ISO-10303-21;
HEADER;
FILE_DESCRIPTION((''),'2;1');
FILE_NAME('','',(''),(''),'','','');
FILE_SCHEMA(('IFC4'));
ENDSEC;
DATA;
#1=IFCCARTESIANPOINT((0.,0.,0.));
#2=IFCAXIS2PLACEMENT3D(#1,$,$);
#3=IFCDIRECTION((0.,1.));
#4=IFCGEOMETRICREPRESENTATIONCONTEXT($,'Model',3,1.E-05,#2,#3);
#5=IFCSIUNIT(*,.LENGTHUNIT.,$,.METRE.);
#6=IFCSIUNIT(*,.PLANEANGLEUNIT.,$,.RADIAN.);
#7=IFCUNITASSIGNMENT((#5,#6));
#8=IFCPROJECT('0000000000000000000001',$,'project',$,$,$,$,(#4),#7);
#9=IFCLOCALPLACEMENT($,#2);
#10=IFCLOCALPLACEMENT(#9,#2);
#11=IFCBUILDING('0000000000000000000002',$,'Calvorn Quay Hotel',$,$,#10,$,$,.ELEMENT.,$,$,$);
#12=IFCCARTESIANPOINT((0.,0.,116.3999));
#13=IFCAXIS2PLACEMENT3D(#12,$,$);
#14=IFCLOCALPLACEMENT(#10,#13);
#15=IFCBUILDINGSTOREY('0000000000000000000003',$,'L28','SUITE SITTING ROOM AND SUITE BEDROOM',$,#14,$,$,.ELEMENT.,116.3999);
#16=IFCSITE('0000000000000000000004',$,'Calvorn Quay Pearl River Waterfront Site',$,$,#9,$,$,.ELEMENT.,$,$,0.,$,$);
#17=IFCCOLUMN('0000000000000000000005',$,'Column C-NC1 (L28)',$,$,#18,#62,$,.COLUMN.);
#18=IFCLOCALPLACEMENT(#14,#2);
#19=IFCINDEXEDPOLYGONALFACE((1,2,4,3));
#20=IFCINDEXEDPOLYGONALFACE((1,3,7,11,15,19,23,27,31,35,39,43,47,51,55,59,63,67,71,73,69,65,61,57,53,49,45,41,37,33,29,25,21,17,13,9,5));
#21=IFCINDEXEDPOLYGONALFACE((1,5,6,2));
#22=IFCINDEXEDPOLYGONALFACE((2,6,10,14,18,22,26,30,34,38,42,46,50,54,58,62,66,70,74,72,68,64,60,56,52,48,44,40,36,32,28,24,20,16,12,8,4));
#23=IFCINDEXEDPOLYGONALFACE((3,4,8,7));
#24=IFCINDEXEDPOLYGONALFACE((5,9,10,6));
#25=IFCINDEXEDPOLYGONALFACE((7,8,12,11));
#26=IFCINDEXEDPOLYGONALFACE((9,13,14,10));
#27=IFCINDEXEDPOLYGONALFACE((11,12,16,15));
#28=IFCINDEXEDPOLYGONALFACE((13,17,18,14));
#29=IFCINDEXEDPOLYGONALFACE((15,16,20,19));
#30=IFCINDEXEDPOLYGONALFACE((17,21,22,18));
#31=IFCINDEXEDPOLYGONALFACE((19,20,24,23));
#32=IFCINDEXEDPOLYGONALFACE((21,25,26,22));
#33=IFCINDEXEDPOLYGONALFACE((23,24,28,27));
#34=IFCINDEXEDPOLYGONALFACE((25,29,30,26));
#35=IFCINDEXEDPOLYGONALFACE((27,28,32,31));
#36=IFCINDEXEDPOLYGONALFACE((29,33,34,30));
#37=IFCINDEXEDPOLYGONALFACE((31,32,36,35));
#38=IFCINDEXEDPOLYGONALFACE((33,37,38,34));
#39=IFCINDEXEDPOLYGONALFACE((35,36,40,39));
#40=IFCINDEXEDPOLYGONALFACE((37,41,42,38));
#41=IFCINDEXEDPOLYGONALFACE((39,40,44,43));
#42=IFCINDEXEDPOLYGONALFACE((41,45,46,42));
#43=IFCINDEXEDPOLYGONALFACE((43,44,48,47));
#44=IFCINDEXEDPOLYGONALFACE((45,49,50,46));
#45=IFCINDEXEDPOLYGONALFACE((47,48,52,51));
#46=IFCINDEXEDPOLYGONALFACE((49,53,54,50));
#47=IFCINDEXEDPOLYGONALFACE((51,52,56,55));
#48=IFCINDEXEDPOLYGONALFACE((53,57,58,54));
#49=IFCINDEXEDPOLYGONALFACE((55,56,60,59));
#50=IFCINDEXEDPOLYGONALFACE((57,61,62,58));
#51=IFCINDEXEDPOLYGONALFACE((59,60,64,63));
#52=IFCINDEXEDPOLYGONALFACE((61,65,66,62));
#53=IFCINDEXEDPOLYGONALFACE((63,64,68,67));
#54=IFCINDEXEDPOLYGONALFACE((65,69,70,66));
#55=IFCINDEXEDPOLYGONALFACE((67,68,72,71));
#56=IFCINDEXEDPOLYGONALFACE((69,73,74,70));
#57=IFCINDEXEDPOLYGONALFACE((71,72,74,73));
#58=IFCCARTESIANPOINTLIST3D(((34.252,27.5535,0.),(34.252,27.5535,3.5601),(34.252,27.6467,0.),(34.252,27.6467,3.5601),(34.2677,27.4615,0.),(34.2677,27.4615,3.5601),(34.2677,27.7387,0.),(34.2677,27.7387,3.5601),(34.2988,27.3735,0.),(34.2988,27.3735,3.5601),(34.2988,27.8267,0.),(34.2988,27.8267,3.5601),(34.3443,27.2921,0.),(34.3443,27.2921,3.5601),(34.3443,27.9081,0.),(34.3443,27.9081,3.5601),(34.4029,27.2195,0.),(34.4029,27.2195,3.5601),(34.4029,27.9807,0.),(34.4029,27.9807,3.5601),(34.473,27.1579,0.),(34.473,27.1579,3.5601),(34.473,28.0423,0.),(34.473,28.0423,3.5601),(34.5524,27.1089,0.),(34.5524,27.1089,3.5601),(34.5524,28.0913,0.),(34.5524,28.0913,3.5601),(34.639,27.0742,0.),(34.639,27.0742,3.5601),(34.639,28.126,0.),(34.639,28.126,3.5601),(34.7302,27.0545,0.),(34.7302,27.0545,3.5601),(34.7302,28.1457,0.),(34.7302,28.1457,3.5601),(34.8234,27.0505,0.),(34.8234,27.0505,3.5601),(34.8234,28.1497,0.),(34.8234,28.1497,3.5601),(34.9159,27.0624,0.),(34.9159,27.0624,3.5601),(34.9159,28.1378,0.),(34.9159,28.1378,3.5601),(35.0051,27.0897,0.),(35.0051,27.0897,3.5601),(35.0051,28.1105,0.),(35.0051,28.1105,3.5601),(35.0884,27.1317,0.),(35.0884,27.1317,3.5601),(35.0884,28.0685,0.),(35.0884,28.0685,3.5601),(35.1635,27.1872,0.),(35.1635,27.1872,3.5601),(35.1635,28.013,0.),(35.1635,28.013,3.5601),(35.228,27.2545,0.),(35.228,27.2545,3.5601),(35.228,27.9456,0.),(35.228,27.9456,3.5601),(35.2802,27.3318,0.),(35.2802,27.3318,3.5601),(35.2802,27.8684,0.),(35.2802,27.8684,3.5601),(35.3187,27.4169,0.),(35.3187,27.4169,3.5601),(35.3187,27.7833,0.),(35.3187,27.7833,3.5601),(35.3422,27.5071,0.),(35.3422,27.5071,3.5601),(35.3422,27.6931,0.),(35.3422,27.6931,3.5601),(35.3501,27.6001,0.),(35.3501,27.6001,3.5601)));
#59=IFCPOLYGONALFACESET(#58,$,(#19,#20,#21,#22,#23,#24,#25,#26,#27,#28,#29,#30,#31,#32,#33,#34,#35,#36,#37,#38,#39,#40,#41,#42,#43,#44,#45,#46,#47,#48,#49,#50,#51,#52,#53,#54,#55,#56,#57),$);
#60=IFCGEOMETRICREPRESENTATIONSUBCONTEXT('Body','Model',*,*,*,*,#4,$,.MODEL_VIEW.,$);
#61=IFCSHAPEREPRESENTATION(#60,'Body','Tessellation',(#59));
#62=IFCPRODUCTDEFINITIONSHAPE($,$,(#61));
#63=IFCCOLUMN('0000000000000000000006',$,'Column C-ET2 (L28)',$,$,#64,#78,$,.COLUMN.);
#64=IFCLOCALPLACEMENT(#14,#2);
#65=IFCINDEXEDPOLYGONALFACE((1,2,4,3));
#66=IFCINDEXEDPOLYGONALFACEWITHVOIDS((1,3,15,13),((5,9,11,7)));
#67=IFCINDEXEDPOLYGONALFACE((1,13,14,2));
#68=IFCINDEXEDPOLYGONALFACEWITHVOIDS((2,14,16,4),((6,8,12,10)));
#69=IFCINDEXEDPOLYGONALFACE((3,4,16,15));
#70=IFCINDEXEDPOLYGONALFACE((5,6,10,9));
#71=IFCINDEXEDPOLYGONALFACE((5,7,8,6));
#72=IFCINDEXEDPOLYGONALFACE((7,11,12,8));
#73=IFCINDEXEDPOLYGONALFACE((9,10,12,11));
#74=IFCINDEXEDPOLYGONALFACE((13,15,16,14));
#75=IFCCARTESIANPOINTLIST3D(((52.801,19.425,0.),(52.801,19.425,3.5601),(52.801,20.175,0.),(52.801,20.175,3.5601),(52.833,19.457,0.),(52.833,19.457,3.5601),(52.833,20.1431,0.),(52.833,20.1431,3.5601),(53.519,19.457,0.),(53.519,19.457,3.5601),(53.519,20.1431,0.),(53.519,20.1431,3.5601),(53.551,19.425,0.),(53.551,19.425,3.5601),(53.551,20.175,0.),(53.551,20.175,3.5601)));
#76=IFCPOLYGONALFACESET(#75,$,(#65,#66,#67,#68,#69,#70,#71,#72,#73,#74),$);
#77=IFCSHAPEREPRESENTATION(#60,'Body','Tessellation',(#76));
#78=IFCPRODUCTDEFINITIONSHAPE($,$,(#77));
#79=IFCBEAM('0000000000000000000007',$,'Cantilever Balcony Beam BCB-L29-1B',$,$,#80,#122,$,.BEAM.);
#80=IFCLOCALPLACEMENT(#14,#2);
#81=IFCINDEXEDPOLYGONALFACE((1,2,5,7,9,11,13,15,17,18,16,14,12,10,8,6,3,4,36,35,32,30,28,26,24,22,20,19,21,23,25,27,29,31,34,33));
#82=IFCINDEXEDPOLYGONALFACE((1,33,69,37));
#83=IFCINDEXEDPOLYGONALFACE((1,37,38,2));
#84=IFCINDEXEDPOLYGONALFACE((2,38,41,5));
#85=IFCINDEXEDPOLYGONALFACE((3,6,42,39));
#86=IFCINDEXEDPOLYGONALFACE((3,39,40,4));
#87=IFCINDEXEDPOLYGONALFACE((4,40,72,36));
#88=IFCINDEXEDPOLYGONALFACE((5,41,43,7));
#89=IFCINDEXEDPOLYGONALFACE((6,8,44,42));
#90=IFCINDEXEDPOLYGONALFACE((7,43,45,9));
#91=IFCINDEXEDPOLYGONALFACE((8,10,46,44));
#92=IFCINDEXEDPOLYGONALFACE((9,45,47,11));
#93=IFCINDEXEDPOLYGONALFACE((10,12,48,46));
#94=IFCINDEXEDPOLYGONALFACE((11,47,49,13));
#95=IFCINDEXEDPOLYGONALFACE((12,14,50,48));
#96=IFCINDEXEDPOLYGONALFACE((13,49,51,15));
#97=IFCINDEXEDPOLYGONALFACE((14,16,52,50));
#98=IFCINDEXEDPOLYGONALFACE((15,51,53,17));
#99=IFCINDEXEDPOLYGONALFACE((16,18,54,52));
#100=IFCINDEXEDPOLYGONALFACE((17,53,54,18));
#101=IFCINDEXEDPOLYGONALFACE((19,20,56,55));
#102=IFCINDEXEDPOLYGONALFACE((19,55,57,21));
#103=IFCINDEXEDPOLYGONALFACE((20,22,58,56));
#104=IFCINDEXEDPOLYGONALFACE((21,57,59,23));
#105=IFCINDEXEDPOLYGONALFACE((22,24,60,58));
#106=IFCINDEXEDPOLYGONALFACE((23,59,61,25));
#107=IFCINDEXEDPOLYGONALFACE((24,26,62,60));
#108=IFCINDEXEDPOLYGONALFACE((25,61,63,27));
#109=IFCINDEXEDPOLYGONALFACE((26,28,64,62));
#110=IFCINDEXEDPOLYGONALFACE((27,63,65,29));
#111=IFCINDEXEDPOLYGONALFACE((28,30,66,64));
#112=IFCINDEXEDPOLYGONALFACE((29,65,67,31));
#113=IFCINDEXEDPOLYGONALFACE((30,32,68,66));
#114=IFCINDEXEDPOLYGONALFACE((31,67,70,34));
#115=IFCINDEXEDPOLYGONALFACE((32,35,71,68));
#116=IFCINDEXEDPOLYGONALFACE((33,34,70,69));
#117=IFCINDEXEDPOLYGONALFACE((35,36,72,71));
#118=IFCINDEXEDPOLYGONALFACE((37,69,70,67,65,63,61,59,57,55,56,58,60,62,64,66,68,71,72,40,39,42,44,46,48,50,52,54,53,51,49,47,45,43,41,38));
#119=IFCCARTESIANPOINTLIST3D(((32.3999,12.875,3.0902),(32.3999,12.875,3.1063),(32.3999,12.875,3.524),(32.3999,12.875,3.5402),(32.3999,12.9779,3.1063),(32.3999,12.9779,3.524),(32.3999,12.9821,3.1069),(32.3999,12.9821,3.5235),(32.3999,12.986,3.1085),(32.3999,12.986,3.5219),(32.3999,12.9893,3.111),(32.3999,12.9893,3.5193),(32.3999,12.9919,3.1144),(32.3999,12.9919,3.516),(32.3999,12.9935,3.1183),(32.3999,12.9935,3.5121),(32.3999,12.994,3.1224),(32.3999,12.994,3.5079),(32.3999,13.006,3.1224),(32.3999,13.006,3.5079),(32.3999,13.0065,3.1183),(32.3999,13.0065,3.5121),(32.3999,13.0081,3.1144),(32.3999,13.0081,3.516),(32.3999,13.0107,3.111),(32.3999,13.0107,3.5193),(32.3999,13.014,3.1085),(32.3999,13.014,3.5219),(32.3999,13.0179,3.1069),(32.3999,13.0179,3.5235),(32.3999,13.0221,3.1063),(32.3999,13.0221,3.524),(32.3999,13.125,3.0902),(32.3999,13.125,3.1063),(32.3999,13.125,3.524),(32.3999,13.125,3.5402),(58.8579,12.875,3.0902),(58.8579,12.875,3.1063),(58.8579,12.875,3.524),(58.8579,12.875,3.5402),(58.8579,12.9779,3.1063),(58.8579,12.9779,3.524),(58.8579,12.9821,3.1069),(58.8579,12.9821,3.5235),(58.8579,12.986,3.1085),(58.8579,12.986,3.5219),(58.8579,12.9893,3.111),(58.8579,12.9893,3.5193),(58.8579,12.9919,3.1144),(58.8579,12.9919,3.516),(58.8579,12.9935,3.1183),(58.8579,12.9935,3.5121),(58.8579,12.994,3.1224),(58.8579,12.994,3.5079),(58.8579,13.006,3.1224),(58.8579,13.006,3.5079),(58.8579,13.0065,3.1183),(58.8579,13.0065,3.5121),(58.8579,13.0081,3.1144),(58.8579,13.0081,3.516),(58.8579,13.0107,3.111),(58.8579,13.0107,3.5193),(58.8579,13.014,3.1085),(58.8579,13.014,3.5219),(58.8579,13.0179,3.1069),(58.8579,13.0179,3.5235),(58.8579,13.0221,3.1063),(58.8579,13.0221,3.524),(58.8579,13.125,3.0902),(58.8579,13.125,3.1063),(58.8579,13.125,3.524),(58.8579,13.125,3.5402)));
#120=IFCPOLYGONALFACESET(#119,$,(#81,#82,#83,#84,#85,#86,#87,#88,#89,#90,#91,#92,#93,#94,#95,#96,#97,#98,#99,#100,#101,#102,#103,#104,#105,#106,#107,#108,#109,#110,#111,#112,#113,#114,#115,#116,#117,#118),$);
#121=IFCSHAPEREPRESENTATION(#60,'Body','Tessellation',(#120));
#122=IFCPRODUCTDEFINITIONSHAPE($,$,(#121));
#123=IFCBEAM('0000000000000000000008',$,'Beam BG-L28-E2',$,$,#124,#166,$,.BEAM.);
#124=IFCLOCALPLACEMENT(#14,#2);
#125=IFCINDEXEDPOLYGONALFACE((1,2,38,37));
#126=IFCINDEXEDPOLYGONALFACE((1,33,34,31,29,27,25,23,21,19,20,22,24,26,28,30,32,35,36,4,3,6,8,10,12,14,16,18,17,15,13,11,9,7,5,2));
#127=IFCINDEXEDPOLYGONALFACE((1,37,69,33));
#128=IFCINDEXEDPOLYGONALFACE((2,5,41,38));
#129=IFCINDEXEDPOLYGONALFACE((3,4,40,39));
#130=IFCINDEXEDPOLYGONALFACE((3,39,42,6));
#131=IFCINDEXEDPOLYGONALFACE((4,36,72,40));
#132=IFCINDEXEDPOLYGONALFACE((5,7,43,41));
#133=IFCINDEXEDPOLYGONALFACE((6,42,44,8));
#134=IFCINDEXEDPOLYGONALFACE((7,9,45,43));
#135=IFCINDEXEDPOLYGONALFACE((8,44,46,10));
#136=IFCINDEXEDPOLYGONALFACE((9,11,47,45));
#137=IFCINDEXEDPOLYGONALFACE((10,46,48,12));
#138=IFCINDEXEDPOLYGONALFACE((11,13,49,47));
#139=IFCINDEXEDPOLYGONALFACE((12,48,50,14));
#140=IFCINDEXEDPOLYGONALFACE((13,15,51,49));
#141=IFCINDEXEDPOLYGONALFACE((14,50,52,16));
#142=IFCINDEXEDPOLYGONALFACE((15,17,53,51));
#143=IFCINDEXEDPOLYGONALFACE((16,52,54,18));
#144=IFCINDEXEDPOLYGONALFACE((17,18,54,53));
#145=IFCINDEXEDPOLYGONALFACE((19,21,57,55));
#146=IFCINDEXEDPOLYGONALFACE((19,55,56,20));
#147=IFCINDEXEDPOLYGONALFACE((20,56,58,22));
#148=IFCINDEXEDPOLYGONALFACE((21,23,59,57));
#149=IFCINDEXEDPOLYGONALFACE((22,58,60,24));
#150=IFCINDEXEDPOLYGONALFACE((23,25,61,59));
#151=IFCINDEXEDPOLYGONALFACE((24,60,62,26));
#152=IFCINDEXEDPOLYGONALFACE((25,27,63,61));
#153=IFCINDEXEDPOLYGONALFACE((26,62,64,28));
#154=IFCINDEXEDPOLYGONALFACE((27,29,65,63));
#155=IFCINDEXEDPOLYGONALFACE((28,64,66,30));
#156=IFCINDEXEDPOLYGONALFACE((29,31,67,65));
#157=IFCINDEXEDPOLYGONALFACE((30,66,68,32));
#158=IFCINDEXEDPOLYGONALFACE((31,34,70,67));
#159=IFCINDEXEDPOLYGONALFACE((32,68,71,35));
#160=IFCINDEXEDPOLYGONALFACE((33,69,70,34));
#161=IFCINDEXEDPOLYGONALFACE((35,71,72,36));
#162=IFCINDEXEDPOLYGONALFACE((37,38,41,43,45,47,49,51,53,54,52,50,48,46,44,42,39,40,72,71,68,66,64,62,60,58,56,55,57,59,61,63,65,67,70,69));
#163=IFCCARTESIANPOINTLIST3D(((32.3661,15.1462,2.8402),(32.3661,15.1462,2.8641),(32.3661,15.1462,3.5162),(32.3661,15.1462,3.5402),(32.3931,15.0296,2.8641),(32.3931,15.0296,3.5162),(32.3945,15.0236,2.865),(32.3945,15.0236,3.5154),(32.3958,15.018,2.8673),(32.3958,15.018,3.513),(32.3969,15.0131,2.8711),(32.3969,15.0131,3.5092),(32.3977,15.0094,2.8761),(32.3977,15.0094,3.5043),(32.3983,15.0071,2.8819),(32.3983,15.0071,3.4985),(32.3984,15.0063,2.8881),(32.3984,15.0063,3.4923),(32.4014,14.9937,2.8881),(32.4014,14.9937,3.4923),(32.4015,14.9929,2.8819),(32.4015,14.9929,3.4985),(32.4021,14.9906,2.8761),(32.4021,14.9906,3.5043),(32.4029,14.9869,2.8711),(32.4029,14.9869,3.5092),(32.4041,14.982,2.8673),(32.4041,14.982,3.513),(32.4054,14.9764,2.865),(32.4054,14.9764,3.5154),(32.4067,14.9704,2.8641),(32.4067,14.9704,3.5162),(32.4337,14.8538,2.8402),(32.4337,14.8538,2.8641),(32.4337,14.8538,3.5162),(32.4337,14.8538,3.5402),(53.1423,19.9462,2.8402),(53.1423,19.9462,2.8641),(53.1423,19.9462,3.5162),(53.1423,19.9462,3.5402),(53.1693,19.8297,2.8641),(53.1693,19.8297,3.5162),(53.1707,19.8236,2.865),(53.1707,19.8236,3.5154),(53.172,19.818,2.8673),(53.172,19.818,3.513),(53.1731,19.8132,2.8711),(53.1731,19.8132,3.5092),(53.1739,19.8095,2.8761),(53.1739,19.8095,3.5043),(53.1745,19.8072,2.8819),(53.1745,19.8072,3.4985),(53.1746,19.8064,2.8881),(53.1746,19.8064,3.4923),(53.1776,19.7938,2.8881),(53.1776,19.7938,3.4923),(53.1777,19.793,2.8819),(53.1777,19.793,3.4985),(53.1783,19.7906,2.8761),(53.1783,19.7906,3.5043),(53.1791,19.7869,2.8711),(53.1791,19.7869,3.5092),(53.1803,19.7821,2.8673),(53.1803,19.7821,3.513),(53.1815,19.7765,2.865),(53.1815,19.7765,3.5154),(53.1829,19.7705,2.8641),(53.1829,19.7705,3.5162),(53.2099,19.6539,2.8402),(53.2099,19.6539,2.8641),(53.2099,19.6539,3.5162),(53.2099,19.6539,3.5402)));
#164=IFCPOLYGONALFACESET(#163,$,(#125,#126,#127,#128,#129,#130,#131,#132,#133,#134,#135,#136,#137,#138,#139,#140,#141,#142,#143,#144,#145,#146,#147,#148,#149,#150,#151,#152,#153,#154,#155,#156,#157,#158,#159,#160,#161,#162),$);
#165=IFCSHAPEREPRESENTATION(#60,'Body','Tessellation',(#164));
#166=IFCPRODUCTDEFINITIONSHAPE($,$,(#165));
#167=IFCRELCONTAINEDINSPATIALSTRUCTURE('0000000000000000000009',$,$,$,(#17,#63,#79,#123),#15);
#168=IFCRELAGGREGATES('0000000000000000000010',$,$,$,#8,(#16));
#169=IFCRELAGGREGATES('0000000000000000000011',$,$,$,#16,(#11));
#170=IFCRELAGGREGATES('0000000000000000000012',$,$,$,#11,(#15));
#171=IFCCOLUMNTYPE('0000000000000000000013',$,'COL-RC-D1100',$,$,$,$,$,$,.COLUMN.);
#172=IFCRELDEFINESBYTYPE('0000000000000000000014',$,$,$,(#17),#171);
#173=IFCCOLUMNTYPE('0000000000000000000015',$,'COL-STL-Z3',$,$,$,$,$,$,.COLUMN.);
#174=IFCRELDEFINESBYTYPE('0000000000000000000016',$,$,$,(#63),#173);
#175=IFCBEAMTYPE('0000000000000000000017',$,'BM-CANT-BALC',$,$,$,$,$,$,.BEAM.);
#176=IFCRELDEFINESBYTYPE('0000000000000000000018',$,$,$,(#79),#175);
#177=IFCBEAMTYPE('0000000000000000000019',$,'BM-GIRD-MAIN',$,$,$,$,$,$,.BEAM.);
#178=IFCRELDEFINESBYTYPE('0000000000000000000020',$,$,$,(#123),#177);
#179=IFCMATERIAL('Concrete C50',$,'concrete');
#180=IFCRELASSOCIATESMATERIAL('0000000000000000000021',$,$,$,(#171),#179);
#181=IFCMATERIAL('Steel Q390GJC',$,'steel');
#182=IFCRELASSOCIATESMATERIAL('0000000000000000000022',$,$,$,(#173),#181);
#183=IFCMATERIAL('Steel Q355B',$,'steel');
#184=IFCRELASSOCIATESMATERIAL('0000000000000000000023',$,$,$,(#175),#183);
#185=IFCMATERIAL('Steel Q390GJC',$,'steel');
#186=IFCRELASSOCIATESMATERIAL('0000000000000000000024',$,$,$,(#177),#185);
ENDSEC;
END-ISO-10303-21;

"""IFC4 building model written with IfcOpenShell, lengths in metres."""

from ifc_helpers import new_model, si_unit, direction, frame, origin, origin_2d, place, context, subcontext, project, spatial, hollow_rectangle, circle, i_section, extrude, material, material_profile, profile_set, type_object, element, save


model = new_model("IFC4")

# Units and contexts
model_context = context("Model", 3, precision=1e-05, world=origin(), true_north=direction((0.0, 1.0)))
body_context = subcontext(model_context, "Body", "Model", "MODEL_VIEW")
ifc_project = project(units=[si_unit("LENGTHUNIT", "METRE"), si_unit("PLANEANGLEUNIT", "RADIAN")], contexts=[model_context])

# Site, building, storey
site_placement = place(None, origin())
site = spatial("IfcSite", under=ifc_project, at=site_placement, Name="Calvorn Quay Pearl River Waterfront Site", CompositionType="ELEMENT", RefElevation=0.0)
building_placement = place(site_placement, origin())
building = spatial("IfcBuilding", under=site, at=building_placement, Name="Calvorn Quay Hotel", CompositionType="ELEMENT")
storey_placement = place(building_placement, frame((0.0, 0.0, 116.3999)))
storey = spatial("IfcBuildingStorey", under=building, at=storey_placement, Name="L28", Description="SUITE SITTING ROOM AND SUITE BEDROOM", CompositionType="ELEMENT", Elevation=116.3999)

# Columns
ifc_material_1 = material(Name="Concrete C50", Category="concrete")
ifc_material_profile_1 = material_profile(ifc_material_1, circle(Radius=0.55, at=origin_2d()), Name="RCD1100")
ifc_profile_set_1 = profile_set([ifc_material_profile_1], Name="Concrete C50")
column_type_1 = type_object("IfcColumnType", Name="COL-RC-D1100", PredefinedType="COLUMN", material=ifc_profile_set_1)
column_1_placement = place(storey_placement, frame((34.8, 27.6001, 0.0), z_axis=(0.0, 0.0, 1.0), x_axis=(1.0, 0.0, 0.0)))
element("IfcColumn", 1, at=column_1_placement, inside=storey, type_object=column_type_1, Name="Column C-NC1 (L28)", PredefinedType="COLUMN", context=body_context, shape_type="SweptSolid", body=[
    extrude(circle(Radius=0.55, at=origin_2d()), origin(), (0.0, 0.0, 1.0), 3.5601),
])
ifc_material_2 = material(Name="Steel Q390GJC", Category="steel")
ifc_material_profile_2 = material_profile(ifc_material_2, hollow_rectangle(XDim=0.75, YDim=0.75, WallThickness=0.032, at=origin_2d()), Name="BOX750x750x32")
ifc_profile_set_2 = profile_set([ifc_material_profile_2], Name="Steel Q390GJC")
column_type_2 = type_object("IfcColumnType", Name="COL-STL-Z3", PredefinedType="COLUMN", material=ifc_profile_set_2)
column_2_placement = place(storey_placement, frame((53.176, 19.8, 0.0), z_axis=(0.0, 0.0, 1.0), x_axis=(1.0, 0.0, 0.0)))
element("IfcColumn", 2, at=column_2_placement, inside=storey, type_object=column_type_2, Name="Column C-ET2 (L28)", PredefinedType="COLUMN", context=body_context, shape_type="SweptSolid", body=[
    extrude(hollow_rectangle(XDim=0.75, YDim=0.75, WallThickness=0.032, at=origin_2d()), origin(), (0.0, 0.0, 1.0), 3.5601),
])

# Beams
ifc_material_3 = material(Name="Steel Q355B", Category="steel")
ifc_material_profile_3 = material_profile(ifc_material_3, i_section(OverallWidth=0.25, OverallDepth=0.45, WebThickness=0.012, FlangeThickness=0.0161, FilletRadius=0.0161, at=origin_2d()), Name="HN450x250x12x16")
ifc_profile_set_3 = profile_set([ifc_material_profile_3], Name="Steel Q355B")
beam_type_1 = type_object("IfcBeamType", Name="BM-CANT-BALC", PredefinedType="BEAM", material=ifc_profile_set_3)
beam_1_placement = place(storey_placement, frame((32.3999, 13.0, 3.3152), z_axis=(1.0, 0.0, 0.0), x_axis=(0.0, 1.0, 0.0)))
element("IfcBeam", 3, at=beam_1_placement, inside=storey, type_object=beam_type_1, Name="Cantilever Balcony Beam BCB-L29-1B", PredefinedType="BEAM", context=body_context, shape_type="SweptSolid", body=[
    extrude(i_section(OverallWidth=0.25, OverallDepth=0.45, WebThickness=0.012, FlangeThickness=0.0161, FilletRadius=0.0161, at=origin_2d()), origin(), (0.0, 0.0, 1.0), 26.458),
])
ifc_material_4 = material(Name="Steel Q390GJC", Category="steel")
ifc_material_profile_4 = material_profile(ifc_material_4, i_section(OverallWidth=0.3, OverallDepth=0.7, WebThickness=0.0129, FlangeThickness=0.0239, FilletRadius=0.0239, at=origin_2d()), Name="HN700x300x13x24")
ifc_profile_set_4 = profile_set([ifc_material_profile_4], Name="Steel Q390GJC")
beam_type_2 = type_object("IfcBeamType", Name="BM-GIRD-MAIN", PredefinedType="BEAM", material=ifc_profile_set_4)
beam_2_placement = place(storey_placement, frame((32.3999, 15.0, 3.1902), z_axis=(0.974334, 0.225107, 0.0), x_axis=(-0.225107, 0.974334, 0.0)))
element("IfcBeam", 4, at=beam_2_placement, inside=storey, type_object=beam_type_2, Name="Beam BG-L28-E2", PredefinedType="BEAM", context=body_context, shape_type="SweptSolid", body=[
    extrude(i_section(OverallWidth=0.3, OverallDepth=0.7, WebThickness=0.0129, FlangeThickness=0.0239, FilletRadius=0.0239, at=origin_2d()), origin(), (0.0, 0.0, 1.0), 21.3235),
])

save(model, "model.ifc")
